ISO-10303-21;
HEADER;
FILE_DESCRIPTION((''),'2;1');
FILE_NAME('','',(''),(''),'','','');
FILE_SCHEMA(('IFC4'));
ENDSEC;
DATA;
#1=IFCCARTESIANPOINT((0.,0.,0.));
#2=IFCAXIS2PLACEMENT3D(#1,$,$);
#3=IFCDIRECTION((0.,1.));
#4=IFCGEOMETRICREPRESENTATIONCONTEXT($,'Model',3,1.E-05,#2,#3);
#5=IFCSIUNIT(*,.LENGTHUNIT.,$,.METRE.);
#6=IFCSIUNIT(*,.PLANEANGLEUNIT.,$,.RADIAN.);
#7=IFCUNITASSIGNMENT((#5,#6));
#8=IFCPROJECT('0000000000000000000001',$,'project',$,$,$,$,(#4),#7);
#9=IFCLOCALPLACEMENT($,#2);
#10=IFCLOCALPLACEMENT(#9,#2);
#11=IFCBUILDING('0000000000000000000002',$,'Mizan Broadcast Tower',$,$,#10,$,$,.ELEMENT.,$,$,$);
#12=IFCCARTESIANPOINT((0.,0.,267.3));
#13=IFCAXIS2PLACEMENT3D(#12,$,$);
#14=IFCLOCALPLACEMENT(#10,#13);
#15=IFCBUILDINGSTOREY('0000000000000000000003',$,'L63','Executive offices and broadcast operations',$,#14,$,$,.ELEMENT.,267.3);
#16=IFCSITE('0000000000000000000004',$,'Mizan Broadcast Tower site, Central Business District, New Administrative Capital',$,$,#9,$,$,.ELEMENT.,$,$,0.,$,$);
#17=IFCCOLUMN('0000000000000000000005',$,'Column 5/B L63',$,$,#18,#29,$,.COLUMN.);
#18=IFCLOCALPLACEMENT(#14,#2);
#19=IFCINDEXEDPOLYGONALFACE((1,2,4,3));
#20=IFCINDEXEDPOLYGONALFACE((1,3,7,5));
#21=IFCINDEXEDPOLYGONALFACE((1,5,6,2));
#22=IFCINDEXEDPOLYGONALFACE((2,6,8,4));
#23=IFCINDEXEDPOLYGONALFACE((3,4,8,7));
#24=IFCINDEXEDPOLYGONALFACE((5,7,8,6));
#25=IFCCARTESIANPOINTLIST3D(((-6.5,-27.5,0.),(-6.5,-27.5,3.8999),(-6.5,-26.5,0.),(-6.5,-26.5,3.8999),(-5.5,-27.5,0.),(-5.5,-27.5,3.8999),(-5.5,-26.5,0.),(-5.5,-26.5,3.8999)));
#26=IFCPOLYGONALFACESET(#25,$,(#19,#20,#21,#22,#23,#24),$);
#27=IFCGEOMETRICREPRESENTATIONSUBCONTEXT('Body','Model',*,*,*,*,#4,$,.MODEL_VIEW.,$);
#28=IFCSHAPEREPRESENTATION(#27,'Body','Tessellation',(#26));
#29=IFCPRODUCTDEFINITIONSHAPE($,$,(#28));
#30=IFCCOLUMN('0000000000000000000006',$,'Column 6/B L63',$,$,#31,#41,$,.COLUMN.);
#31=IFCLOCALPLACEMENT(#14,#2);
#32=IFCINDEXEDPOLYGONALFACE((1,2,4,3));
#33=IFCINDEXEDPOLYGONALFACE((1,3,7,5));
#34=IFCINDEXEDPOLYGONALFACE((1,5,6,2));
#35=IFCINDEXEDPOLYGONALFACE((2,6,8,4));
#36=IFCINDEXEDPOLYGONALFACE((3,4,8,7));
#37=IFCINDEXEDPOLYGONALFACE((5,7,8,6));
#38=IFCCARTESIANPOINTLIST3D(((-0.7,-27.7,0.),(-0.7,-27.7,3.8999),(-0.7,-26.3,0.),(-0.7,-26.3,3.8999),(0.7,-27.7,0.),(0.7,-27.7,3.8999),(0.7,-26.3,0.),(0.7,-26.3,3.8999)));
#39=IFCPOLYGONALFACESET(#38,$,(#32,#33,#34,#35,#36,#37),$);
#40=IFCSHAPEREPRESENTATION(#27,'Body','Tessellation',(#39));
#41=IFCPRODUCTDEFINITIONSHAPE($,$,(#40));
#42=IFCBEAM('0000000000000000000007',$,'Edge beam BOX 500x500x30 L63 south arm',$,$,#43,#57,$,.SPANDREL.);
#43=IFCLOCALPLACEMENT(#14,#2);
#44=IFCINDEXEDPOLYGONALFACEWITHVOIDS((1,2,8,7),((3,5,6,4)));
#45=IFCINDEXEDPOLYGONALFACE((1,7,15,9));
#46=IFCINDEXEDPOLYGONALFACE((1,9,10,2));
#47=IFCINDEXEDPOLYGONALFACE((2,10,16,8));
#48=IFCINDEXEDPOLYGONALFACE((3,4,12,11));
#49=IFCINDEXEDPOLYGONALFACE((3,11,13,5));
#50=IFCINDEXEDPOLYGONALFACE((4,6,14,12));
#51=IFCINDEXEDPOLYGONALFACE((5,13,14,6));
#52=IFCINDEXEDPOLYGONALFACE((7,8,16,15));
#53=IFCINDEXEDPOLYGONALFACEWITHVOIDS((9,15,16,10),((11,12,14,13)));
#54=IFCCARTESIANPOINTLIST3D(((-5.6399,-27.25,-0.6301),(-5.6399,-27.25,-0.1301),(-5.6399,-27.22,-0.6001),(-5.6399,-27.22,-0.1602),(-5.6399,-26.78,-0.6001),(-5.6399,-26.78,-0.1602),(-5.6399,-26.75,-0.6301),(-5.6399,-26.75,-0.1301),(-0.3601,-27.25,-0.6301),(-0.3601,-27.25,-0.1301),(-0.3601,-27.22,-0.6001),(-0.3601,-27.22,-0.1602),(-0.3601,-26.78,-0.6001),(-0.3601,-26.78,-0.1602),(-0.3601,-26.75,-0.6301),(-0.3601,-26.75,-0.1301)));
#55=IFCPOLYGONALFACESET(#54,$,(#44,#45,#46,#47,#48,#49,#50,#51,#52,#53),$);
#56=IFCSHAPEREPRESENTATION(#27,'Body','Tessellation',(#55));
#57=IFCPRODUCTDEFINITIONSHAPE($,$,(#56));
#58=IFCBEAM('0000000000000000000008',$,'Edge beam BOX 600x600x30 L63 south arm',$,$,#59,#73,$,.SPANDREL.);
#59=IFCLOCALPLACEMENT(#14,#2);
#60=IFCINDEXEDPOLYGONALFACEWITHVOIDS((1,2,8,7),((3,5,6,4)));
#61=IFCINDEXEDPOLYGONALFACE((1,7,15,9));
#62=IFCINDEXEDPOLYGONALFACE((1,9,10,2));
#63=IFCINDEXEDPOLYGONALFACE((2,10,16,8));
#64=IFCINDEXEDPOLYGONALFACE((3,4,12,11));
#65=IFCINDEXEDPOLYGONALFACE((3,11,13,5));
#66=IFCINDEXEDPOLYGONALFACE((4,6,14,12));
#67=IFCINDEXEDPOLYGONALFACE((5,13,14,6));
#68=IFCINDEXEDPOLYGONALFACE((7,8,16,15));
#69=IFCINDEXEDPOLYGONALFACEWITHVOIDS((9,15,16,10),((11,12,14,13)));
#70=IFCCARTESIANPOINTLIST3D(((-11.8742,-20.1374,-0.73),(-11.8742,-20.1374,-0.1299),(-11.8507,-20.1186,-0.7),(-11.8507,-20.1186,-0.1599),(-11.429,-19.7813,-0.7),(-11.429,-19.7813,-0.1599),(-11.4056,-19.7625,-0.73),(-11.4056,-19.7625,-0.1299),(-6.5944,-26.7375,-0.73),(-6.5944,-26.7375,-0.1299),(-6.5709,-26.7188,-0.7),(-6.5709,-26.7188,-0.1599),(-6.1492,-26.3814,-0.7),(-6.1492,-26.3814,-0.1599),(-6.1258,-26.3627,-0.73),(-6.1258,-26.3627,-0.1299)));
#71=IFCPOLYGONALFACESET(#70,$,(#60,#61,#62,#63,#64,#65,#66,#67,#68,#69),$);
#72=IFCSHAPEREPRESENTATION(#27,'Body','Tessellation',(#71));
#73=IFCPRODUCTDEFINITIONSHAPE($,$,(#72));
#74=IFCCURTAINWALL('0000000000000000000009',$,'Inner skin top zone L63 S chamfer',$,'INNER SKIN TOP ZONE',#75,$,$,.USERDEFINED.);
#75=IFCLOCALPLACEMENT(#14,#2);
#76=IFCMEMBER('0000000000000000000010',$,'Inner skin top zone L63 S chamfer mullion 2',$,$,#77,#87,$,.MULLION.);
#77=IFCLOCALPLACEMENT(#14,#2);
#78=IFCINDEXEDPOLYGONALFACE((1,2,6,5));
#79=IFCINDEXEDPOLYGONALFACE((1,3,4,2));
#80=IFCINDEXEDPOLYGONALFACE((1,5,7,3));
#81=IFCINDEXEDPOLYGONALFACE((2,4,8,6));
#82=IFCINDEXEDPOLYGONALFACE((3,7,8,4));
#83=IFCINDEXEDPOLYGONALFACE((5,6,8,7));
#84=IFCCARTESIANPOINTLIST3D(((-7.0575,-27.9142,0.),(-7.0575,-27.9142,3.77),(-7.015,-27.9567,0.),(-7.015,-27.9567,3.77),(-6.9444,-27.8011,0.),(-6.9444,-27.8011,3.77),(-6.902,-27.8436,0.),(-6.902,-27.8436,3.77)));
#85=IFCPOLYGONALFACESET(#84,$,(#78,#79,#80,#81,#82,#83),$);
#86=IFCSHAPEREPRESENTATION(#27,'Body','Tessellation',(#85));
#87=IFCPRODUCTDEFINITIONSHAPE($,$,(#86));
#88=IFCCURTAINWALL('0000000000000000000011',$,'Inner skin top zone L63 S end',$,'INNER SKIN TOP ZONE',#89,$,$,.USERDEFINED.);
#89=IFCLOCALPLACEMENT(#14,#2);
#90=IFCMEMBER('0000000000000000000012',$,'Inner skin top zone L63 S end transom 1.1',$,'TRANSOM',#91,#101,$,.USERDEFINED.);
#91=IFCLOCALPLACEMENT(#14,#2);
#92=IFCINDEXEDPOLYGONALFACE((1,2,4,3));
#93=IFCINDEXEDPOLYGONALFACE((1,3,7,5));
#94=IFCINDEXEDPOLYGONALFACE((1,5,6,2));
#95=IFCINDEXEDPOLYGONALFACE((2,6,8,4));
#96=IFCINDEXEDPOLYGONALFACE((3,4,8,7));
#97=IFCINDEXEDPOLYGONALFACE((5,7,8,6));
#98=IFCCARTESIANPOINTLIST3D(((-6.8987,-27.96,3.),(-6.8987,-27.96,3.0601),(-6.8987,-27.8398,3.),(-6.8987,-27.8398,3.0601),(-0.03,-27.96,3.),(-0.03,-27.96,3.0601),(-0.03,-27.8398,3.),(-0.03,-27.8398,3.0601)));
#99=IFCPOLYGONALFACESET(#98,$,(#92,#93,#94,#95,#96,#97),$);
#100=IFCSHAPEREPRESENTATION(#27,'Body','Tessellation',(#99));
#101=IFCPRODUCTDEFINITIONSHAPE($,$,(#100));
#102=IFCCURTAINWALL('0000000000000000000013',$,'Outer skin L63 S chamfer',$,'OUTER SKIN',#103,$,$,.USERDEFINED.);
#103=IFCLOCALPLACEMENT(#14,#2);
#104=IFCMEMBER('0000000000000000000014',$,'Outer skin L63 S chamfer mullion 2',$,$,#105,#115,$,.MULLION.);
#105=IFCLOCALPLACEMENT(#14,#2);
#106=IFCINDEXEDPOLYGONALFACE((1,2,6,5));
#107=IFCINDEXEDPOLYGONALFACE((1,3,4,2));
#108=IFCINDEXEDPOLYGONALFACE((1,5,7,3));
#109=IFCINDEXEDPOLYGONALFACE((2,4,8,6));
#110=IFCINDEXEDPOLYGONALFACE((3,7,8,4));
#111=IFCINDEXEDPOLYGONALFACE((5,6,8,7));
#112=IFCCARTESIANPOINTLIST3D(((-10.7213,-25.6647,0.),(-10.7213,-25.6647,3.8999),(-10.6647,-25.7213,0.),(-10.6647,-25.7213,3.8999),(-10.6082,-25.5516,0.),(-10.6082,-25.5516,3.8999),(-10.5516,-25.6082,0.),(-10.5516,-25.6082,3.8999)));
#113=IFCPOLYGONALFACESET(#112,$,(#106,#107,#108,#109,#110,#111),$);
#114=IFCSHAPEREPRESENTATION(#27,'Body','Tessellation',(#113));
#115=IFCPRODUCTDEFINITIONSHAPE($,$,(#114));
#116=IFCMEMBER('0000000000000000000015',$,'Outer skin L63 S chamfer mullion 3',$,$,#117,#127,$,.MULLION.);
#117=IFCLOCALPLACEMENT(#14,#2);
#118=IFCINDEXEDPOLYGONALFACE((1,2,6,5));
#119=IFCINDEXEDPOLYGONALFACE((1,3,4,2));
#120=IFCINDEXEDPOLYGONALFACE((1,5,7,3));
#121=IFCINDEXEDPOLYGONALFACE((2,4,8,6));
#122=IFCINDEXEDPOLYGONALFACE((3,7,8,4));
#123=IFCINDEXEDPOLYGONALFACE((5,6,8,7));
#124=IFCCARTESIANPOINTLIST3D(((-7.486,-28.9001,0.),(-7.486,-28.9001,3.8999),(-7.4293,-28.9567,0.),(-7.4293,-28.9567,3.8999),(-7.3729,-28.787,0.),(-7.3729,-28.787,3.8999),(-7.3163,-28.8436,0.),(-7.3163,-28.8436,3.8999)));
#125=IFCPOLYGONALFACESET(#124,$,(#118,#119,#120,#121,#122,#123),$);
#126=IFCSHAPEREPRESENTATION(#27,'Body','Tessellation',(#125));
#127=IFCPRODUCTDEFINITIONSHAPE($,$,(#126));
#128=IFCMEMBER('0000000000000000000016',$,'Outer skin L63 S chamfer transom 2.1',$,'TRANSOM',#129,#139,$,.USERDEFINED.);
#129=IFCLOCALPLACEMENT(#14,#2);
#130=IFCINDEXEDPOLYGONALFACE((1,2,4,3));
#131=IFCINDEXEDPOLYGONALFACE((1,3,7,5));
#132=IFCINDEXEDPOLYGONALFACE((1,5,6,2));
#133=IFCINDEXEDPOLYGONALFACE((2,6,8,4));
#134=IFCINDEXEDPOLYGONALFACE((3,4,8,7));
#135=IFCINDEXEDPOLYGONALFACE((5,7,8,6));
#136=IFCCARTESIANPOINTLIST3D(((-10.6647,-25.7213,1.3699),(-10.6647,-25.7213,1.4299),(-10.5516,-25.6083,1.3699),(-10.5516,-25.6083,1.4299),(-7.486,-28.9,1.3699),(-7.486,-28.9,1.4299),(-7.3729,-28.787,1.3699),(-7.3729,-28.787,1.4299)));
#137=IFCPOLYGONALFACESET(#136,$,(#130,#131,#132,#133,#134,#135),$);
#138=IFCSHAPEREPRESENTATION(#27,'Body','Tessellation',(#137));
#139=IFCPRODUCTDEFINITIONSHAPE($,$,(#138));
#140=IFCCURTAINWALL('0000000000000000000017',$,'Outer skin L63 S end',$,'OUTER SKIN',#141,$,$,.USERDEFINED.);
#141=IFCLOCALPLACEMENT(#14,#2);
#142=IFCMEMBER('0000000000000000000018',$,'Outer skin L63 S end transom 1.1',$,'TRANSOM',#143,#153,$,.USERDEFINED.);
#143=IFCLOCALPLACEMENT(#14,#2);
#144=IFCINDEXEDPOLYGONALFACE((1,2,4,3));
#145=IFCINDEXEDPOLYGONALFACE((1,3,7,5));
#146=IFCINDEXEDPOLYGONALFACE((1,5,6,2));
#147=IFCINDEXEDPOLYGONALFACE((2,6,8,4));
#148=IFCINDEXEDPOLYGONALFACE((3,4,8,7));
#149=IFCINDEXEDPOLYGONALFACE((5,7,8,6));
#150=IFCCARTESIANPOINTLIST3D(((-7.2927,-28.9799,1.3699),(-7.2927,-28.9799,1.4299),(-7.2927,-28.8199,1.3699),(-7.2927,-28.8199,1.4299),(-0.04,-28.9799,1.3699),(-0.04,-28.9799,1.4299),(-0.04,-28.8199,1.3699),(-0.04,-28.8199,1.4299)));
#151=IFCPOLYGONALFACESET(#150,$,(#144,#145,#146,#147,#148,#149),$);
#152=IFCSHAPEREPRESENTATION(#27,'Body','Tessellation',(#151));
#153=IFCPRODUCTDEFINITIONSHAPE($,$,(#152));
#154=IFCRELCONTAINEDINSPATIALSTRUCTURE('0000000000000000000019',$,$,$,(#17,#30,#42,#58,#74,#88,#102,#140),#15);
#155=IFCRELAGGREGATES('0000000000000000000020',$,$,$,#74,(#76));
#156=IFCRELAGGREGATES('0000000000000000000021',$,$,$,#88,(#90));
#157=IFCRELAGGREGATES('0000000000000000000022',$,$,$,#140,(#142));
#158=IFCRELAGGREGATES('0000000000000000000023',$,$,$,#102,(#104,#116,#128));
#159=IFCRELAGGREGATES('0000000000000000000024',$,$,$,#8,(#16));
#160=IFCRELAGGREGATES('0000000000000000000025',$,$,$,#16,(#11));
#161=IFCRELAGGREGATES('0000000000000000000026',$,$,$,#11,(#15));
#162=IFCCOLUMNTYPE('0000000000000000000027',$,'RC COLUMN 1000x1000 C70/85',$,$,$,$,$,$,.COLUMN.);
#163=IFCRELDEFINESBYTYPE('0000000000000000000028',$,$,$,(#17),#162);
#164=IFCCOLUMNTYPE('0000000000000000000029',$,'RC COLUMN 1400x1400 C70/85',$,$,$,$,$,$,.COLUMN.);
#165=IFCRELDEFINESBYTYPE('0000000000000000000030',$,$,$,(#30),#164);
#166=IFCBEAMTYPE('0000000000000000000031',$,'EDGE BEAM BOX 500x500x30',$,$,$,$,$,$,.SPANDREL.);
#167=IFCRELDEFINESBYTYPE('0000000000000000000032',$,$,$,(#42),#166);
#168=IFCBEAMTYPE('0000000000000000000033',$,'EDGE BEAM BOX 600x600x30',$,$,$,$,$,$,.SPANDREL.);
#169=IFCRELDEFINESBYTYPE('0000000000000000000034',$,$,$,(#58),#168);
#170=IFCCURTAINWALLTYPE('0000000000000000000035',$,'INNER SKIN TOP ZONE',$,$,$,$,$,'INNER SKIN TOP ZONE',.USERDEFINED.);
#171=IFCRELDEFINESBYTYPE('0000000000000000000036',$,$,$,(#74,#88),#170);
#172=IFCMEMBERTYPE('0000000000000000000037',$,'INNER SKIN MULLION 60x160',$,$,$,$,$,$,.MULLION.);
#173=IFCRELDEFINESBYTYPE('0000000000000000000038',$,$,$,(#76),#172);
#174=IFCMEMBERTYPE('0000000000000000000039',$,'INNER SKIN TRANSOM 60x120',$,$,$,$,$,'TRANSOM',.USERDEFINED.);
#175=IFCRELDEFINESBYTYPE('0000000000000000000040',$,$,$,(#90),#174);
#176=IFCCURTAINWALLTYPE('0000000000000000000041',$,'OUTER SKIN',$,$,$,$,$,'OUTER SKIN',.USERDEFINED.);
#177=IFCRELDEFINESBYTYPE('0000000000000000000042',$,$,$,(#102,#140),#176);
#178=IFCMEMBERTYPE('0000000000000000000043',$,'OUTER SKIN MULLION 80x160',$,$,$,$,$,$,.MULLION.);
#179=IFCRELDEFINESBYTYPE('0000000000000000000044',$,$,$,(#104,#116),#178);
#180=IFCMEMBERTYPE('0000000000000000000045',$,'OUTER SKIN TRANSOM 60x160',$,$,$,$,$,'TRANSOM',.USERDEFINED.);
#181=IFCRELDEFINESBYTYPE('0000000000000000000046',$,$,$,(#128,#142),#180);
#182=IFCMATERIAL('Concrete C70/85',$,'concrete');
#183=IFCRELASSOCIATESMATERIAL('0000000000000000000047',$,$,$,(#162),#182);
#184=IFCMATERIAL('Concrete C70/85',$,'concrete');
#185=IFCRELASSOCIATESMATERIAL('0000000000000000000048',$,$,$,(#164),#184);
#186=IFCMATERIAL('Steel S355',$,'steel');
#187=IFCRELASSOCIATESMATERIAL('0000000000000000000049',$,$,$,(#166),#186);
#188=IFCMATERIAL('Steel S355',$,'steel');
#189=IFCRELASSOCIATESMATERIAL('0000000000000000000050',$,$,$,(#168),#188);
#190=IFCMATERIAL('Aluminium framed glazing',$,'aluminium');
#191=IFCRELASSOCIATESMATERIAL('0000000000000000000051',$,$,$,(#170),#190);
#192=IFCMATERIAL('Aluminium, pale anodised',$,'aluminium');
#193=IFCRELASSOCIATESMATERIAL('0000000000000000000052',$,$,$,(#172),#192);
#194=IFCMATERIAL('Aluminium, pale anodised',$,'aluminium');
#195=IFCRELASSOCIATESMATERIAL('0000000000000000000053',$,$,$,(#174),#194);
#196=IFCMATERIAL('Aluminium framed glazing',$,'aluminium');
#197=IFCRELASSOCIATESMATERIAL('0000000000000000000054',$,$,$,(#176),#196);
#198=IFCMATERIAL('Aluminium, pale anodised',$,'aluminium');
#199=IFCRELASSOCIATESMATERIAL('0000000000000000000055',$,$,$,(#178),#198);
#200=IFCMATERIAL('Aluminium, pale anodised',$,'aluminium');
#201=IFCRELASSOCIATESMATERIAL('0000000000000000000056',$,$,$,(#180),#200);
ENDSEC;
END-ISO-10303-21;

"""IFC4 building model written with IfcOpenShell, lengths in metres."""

from ifc_helpers import new_model, si_unit, direction, frame, origin, origin_2d, place, context, subcontext, project, spatial, rectangle, hollow_rectangle, extrude, material, material_profile, profile_set, type_object, element, aggregate, save


model = new_model("IFC4")

# Units and contexts
model_context = context("Model", 3, precision=1e-05, world=origin(), true_north=direction((0.0, 1.0)))
body_context = subcontext(model_context, "Body", "Model", "MODEL_VIEW")
ifc_project = project(units=[si_unit("LENGTHUNIT", "METRE"), si_unit("PLANEANGLEUNIT", "RADIAN")], contexts=[model_context])

# Site, building, storey
site_placement = place(None, origin())
site = spatial("IfcSite", under=ifc_project, at=site_placement, Name="Mizan Broadcast Tower site, Central Business District, New Administrative Capital", CompositionType="ELEMENT", RefElevation=0.0)
building_placement = place(site_placement, origin())
building = spatial("IfcBuilding", under=site, at=building_placement, Name="Mizan Broadcast Tower", CompositionType="ELEMENT")
storey_placement = place(building_placement, frame((0.0, 0.0, 267.3)))
storey = spatial("IfcBuildingStorey", under=building, at=storey_placement, Name="L63", Description="Executive offices and broadcast operations", CompositionType="ELEMENT", Elevation=267.3)

# Columns
ifc_material_1 = material(Name="Concrete C70/85", Category="concrete")
ifc_material_profile_1 = material_profile(ifc_material_1, rectangle(XDim=1.0, YDim=1.0, at=origin_2d()), Name="RC 1000x1000")
ifc_profile_set_1 = profile_set([ifc_material_profile_1], Name="Concrete C70/85")
column_type_1 = type_object("IfcColumnType", Name="RC COLUMN 1000x1000 C70/85", PredefinedType="COLUMN", material=ifc_profile_set_1)
column_1_placement = place(storey_placement, frame((-6.0, -27.0, 0.0), z_axis=(0.0, 0.0, 1.0), x_axis=(1.0, 0.0, 0.0)))
element("IfcColumn", 1, at=column_1_placement, inside=storey, type_object=column_type_1, Name="Column 5/B L63", PredefinedType="COLUMN", context=body_context, shape_type="SweptSolid", body=[
    extrude(rectangle(XDim=1.0, YDim=1.0, at=origin_2d()), origin(), (0.0, 0.0, 1.0), 3.8999),
])
ifc_material_2 = material(Name="Concrete C70/85", Category="concrete")
ifc_material_profile_2 = material_profile(ifc_material_2, rectangle(XDim=1.3999, YDim=1.3999, at=origin_2d()), Name="RC 1400x1400")
ifc_profile_set_2 = profile_set([ifc_material_profile_2], Name="Concrete C70/85")
column_type_2 = type_object("IfcColumnType", Name="RC COLUMN 1400x1400 C70/85", PredefinedType="COLUMN", material=ifc_profile_set_2)
column_2_placement = place(storey_placement, frame((0.0, -27.0, 0.0), z_axis=(0.0, 0.0, 1.0), x_axis=(1.0, 0.0, 0.0)))
element("IfcColumn", 2, at=column_2_placement, inside=storey, type_object=column_type_2, Name="Column 6/B L63", PredefinedType="COLUMN", context=body_context, shape_type="SweptSolid", body=[
    extrude(rectangle(XDim=1.3999, YDim=1.3999, at=origin_2d()), origin(), (0.0, 0.0, 1.0), 3.8999),
])

# Beams
ifc_material_3 = material(Name="Steel S355", Category="steel")
ifc_material_profile_3 = material_profile(ifc_material_3, hollow_rectangle(XDim=0.5, YDim=0.5, WallThickness=0.03, at=origin_2d()), Name="BOX 500x500x30")
ifc_profile_set_3 = profile_set([ifc_material_profile_3], Name="Steel S355")
beam_type_1 = type_object("IfcBeamType", Name="EDGE BEAM BOX 500x500x30", PredefinedType="SPANDREL", material=ifc_profile_set_3)
beam_1_placement = place(storey_placement, frame((-5.6399, -27.0, -0.3801), z_axis=(1.0, 0.0, 0.0), x_axis=(0.0, 1.0, 0.0)))
element("IfcBeam", 3, at=beam_1_placement, inside=storey, type_object=beam_type_1, Name="Edge beam BOX 500x500x30 L63 south arm", PredefinedType="SPANDREL", context=body_context, shape_type="SweptSolid", body=[
    extrude(hollow_rectangle(XDim=0.5, YDim=0.5, WallThickness=0.03, at=origin_2d()), origin(), (0.0, 0.0, 1.0), 5.2798),
])
ifc_material_4 = material(Name="Steel S355", Category="steel")
ifc_material_profile_4 = material_profile(ifc_material_4, hollow_rectangle(XDim=0.6001, YDim=0.6001, WallThickness=0.03, at=origin_2d()), Name="BOX 600x600x30")
ifc_profile_set_4 = profile_set([ifc_material_profile_4], Name="Steel S355")
beam_type_2 = type_object("IfcBeamType", Name="EDGE BEAM BOX 600x600x30", PredefinedType="SPANDREL", material=ifc_profile_set_4)
beam_2_placement = place(storey_placement, frame((-11.6399, -19.95, -0.4299), z_axis=(0.624674, -0.780886, 0.0), x_axis=(0.780886, 0.624674, 0.0)))
element("IfcBeam", 4, at=beam_2_placement, inside=storey, type_object=beam_type_2, Name="Edge beam BOX 600x600x30 L63 south arm", PredefinedType="SPANDREL", context=body_context, shape_type="SweptSolid", body=[
    extrude(hollow_rectangle(XDim=0.6001, YDim=0.6001, WallThickness=0.03, at=origin_2d()), origin(), (0.0, 0.0, 1.0), 8.4521),
])

# Curtain walls, members
ifc_material_5 = material(Name="Aluminium framed glazing", Category="aluminium")
curtain_wall_type_1 = type_object("IfcCurtainWallType", Name="INNER SKIN TOP ZONE", ElementType="INNER SKIN TOP ZONE", PredefinedType="USERDEFINED", material=ifc_material_5)
curtain_wall_1_placement = place(storey_placement, origin())
curtain_wall_1 = element("IfcCurtainWall", 5, at=curtain_wall_1_placement, inside=storey, type_object=curtain_wall_type_1, Name="Inner skin top zone L63 S chamfer", ObjectType="INNER SKIN TOP ZONE", PredefinedType="USERDEFINED")
ifc_material_6 = material(Name="Aluminium, pale anodised", Category="aluminium")
ifc_material_profile_5 = material_profile(ifc_material_6, rectangle(XDim=0.1599, YDim=0.0601, at=origin_2d()), Name="MULLION 160x60")
ifc_profile_set_5 = profile_set([ifc_material_profile_5], Name="Aluminium, pale anodised")
member_type_1 = type_object("IfcMemberType", Name="INNER SKIN MULLION 60x160", PredefinedType="MULLION", material=ifc_profile_set_5)
member_1_placement = place(storey_placement, frame((-6.9797, -27.8789, 0.0), z_axis=(0.0, 0.0, 1.0), x_axis=(0.707107, 0.707107, 0.0)))
member_1 = element("IfcMember", 6, at=member_1_placement, type_object=member_type_1, Name="Inner skin top zone L63 S chamfer mullion 2", PredefinedType="MULLION", context=body_context, shape_type="SweptSolid", body=[
    extrude(rectangle(XDim=0.1599, YDim=0.0601, at=origin_2d()), origin(), (0.0, 0.0, 1.0), 3.77),
])
curtain_wall_2_placement = place(storey_placement, origin())
curtain_wall_2 = element("IfcCurtainWall", 7, at=curtain_wall_2_placement, inside=storey, type_object=curtain_wall_type_1, Name="Inner skin top zone L63 S end", ObjectType="INNER SKIN TOP ZONE", PredefinedType="USERDEFINED")
ifc_material_7 = material(Name="Aluminium, pale anodised", Category="aluminium")
ifc_material_profile_6 = material_profile(ifc_material_7, rectangle(XDim=0.1201, YDim=0.0601, at=origin_2d()), Name="TRANSOM 120x60")
ifc_profile_set_6 = profile_set([ifc_material_profile_6], Name="Aluminium, pale anodised")
member_type_2 = type_object("IfcMemberType", Name="INNER SKIN TRANSOM 60x120", ElementType="TRANSOM", PredefinedType="USERDEFINED", material=ifc_profile_set_6)
member_2_placement = place(storey_placement, frame((-6.8987, -27.8999, 3.03), z_axis=(1.0, 0.0, 0.0), x_axis=(0.0, 1.0, 0.0)))
member_2 = element("IfcMember", 8, at=member_2_placement, type_object=member_type_2, Name="Inner skin top zone L63 S end transom 1.1", ObjectType="TRANSOM", PredefinedType="USERDEFINED", context=body_context, shape_type="SweptSolid", body=[
    extrude(rectangle(XDim=0.1201, YDim=0.0601, at=origin_2d()), origin(), (0.0, 0.0, 1.0), 6.8687),
])

# Curtain wall, members
ifc_material_8 = material(Name="Aluminium framed glazing", Category="aluminium")
curtain_wall_type_2 = type_object("IfcCurtainWallType", Name="OUTER SKIN", ElementType="OUTER SKIN", PredefinedType="USERDEFINED", material=ifc_material_8)
curtain_wall_3_placement = place(storey_placement, origin())
curtain_wall_3 = element("IfcCurtainWall", 9, at=curtain_wall_3_placement, inside=storey, type_object=curtain_wall_type_2, Name="Outer skin L63 S chamfer", ObjectType="OUTER SKIN", PredefinedType="USERDEFINED")
ifc_material_9 = material(Name="Aluminium, pale anodised", Category="aluminium")
ifc_material_profile_7 = material_profile(ifc_material_9, rectangle(XDim=0.1599, YDim=0.0801, at=origin_2d()), Name="MULLION 160x80")
ifc_profile_set_7 = profile_set([ifc_material_profile_7], Name="Aluminium, pale anodised")
member_type_3 = type_object("IfcMemberType", Name="OUTER SKIN MULLION 80x160", PredefinedType="MULLION", material=ifc_profile_set_7)
member_3_placement = place(storey_placement, frame((-10.6365, -25.6365, 0.0), z_axis=(0.0, 0.0, 1.0), x_axis=(0.707107, 0.707107, 0.0)))
member_3 = element("IfcMember", 10, at=member_3_placement, type_object=member_type_3, Name="Outer skin L63 S chamfer mullion 2", PredefinedType="MULLION", context=body_context, shape_type="SweptSolid", body=[
    extrude(rectangle(XDim=0.1599, YDim=0.0801, at=origin_2d()), origin(), (0.0, 0.0, 1.0), 3.8999),
])
member_4_placement = place(storey_placement, frame((-7.4011, -28.8718, 0.0), z_axis=(0.0, 0.0, 1.0), x_axis=(0.707107, 0.707107, 0.0)))
member_4 = element("IfcMember", 11, at=member_4_placement, type_object=member_type_3, Name="Outer skin L63 S chamfer mullion 3", PredefinedType="MULLION", context=body_context, shape_type="SweptSolid", body=[
    extrude(rectangle(XDim=0.1599, YDim=0.0801, at=origin_2d()), origin(), (0.0, 0.0, 1.0), 3.8999),
])
ifc_material_10 = material(Name="Aluminium, pale anodised", Category="aluminium")
ifc_material_profile_8 = material_profile(ifc_material_10, rectangle(XDim=0.1599, YDim=0.0601, at=origin_2d()), Name="TRANSOM 160x60")
ifc_profile_set_8 = profile_set([ifc_material_profile_8], Name="Aluminium, pale anodised")
member_type_4 = type_object("IfcMemberType", Name="OUTER SKIN TRANSOM 60x160", ElementType="TRANSOM", PredefinedType="USERDEFINED", material=ifc_profile_set_8)
member_5_placement = place(storey_placement, frame((-10.6082, -25.6648, 1.3999), z_axis=(0.707107, -0.707107, 0.0), x_axis=(0.707107, 0.707107, 0.0)))
member_5 = element("IfcMember", 12, at=member_5_placement, type_object=member_type_4, Name="Outer skin L63 S chamfer transom 2.1", ObjectType="TRANSOM", PredefinedType="USERDEFINED", context=body_context, shape_type="SweptSolid", body=[
    extrude(rectangle(XDim=0.1599, YDim=0.0601, at=origin_2d()), origin(), (0.0, 0.0, 1.0), 4.4954),
])

# Curtain wall, member
curtain_wall_4_placement = place(storey_placement, origin())
curtain_wall_4 = element("IfcCurtainWall", 13, at=curtain_wall_4_placement, inside=storey, type_object=curtain_wall_type_2, Name="Outer skin L63 S end", ObjectType="OUTER SKIN", PredefinedType="USERDEFINED")
member_6_placement = place(storey_placement, frame((-7.2927, -28.8999, 1.3999), z_axis=(1.0, 0.0, 0.0), x_axis=(0.0, 1.0, 0.0)))
member_6 = element("IfcMember", 14, at=member_6_placement, type_object=member_type_4, Name="Outer skin L63 S end transom 1.1", ObjectType="TRANSOM", PredefinedType="USERDEFINED", context=body_context, shape_type="SweptSolid", body=[
    extrude(rectangle(XDim=0.1599, YDim=0.0601, at=origin_2d()), origin(), (0.0, 0.0, 1.0), 7.2527),
])

aggregate(curtain_wall_1, [member_1])
aggregate(curtain_wall_2, [member_2])
aggregate(curtain_wall_4, [member_6])
aggregate(curtain_wall_3, [member_3, member_4, member_5])

save(model, "model.ifc")
